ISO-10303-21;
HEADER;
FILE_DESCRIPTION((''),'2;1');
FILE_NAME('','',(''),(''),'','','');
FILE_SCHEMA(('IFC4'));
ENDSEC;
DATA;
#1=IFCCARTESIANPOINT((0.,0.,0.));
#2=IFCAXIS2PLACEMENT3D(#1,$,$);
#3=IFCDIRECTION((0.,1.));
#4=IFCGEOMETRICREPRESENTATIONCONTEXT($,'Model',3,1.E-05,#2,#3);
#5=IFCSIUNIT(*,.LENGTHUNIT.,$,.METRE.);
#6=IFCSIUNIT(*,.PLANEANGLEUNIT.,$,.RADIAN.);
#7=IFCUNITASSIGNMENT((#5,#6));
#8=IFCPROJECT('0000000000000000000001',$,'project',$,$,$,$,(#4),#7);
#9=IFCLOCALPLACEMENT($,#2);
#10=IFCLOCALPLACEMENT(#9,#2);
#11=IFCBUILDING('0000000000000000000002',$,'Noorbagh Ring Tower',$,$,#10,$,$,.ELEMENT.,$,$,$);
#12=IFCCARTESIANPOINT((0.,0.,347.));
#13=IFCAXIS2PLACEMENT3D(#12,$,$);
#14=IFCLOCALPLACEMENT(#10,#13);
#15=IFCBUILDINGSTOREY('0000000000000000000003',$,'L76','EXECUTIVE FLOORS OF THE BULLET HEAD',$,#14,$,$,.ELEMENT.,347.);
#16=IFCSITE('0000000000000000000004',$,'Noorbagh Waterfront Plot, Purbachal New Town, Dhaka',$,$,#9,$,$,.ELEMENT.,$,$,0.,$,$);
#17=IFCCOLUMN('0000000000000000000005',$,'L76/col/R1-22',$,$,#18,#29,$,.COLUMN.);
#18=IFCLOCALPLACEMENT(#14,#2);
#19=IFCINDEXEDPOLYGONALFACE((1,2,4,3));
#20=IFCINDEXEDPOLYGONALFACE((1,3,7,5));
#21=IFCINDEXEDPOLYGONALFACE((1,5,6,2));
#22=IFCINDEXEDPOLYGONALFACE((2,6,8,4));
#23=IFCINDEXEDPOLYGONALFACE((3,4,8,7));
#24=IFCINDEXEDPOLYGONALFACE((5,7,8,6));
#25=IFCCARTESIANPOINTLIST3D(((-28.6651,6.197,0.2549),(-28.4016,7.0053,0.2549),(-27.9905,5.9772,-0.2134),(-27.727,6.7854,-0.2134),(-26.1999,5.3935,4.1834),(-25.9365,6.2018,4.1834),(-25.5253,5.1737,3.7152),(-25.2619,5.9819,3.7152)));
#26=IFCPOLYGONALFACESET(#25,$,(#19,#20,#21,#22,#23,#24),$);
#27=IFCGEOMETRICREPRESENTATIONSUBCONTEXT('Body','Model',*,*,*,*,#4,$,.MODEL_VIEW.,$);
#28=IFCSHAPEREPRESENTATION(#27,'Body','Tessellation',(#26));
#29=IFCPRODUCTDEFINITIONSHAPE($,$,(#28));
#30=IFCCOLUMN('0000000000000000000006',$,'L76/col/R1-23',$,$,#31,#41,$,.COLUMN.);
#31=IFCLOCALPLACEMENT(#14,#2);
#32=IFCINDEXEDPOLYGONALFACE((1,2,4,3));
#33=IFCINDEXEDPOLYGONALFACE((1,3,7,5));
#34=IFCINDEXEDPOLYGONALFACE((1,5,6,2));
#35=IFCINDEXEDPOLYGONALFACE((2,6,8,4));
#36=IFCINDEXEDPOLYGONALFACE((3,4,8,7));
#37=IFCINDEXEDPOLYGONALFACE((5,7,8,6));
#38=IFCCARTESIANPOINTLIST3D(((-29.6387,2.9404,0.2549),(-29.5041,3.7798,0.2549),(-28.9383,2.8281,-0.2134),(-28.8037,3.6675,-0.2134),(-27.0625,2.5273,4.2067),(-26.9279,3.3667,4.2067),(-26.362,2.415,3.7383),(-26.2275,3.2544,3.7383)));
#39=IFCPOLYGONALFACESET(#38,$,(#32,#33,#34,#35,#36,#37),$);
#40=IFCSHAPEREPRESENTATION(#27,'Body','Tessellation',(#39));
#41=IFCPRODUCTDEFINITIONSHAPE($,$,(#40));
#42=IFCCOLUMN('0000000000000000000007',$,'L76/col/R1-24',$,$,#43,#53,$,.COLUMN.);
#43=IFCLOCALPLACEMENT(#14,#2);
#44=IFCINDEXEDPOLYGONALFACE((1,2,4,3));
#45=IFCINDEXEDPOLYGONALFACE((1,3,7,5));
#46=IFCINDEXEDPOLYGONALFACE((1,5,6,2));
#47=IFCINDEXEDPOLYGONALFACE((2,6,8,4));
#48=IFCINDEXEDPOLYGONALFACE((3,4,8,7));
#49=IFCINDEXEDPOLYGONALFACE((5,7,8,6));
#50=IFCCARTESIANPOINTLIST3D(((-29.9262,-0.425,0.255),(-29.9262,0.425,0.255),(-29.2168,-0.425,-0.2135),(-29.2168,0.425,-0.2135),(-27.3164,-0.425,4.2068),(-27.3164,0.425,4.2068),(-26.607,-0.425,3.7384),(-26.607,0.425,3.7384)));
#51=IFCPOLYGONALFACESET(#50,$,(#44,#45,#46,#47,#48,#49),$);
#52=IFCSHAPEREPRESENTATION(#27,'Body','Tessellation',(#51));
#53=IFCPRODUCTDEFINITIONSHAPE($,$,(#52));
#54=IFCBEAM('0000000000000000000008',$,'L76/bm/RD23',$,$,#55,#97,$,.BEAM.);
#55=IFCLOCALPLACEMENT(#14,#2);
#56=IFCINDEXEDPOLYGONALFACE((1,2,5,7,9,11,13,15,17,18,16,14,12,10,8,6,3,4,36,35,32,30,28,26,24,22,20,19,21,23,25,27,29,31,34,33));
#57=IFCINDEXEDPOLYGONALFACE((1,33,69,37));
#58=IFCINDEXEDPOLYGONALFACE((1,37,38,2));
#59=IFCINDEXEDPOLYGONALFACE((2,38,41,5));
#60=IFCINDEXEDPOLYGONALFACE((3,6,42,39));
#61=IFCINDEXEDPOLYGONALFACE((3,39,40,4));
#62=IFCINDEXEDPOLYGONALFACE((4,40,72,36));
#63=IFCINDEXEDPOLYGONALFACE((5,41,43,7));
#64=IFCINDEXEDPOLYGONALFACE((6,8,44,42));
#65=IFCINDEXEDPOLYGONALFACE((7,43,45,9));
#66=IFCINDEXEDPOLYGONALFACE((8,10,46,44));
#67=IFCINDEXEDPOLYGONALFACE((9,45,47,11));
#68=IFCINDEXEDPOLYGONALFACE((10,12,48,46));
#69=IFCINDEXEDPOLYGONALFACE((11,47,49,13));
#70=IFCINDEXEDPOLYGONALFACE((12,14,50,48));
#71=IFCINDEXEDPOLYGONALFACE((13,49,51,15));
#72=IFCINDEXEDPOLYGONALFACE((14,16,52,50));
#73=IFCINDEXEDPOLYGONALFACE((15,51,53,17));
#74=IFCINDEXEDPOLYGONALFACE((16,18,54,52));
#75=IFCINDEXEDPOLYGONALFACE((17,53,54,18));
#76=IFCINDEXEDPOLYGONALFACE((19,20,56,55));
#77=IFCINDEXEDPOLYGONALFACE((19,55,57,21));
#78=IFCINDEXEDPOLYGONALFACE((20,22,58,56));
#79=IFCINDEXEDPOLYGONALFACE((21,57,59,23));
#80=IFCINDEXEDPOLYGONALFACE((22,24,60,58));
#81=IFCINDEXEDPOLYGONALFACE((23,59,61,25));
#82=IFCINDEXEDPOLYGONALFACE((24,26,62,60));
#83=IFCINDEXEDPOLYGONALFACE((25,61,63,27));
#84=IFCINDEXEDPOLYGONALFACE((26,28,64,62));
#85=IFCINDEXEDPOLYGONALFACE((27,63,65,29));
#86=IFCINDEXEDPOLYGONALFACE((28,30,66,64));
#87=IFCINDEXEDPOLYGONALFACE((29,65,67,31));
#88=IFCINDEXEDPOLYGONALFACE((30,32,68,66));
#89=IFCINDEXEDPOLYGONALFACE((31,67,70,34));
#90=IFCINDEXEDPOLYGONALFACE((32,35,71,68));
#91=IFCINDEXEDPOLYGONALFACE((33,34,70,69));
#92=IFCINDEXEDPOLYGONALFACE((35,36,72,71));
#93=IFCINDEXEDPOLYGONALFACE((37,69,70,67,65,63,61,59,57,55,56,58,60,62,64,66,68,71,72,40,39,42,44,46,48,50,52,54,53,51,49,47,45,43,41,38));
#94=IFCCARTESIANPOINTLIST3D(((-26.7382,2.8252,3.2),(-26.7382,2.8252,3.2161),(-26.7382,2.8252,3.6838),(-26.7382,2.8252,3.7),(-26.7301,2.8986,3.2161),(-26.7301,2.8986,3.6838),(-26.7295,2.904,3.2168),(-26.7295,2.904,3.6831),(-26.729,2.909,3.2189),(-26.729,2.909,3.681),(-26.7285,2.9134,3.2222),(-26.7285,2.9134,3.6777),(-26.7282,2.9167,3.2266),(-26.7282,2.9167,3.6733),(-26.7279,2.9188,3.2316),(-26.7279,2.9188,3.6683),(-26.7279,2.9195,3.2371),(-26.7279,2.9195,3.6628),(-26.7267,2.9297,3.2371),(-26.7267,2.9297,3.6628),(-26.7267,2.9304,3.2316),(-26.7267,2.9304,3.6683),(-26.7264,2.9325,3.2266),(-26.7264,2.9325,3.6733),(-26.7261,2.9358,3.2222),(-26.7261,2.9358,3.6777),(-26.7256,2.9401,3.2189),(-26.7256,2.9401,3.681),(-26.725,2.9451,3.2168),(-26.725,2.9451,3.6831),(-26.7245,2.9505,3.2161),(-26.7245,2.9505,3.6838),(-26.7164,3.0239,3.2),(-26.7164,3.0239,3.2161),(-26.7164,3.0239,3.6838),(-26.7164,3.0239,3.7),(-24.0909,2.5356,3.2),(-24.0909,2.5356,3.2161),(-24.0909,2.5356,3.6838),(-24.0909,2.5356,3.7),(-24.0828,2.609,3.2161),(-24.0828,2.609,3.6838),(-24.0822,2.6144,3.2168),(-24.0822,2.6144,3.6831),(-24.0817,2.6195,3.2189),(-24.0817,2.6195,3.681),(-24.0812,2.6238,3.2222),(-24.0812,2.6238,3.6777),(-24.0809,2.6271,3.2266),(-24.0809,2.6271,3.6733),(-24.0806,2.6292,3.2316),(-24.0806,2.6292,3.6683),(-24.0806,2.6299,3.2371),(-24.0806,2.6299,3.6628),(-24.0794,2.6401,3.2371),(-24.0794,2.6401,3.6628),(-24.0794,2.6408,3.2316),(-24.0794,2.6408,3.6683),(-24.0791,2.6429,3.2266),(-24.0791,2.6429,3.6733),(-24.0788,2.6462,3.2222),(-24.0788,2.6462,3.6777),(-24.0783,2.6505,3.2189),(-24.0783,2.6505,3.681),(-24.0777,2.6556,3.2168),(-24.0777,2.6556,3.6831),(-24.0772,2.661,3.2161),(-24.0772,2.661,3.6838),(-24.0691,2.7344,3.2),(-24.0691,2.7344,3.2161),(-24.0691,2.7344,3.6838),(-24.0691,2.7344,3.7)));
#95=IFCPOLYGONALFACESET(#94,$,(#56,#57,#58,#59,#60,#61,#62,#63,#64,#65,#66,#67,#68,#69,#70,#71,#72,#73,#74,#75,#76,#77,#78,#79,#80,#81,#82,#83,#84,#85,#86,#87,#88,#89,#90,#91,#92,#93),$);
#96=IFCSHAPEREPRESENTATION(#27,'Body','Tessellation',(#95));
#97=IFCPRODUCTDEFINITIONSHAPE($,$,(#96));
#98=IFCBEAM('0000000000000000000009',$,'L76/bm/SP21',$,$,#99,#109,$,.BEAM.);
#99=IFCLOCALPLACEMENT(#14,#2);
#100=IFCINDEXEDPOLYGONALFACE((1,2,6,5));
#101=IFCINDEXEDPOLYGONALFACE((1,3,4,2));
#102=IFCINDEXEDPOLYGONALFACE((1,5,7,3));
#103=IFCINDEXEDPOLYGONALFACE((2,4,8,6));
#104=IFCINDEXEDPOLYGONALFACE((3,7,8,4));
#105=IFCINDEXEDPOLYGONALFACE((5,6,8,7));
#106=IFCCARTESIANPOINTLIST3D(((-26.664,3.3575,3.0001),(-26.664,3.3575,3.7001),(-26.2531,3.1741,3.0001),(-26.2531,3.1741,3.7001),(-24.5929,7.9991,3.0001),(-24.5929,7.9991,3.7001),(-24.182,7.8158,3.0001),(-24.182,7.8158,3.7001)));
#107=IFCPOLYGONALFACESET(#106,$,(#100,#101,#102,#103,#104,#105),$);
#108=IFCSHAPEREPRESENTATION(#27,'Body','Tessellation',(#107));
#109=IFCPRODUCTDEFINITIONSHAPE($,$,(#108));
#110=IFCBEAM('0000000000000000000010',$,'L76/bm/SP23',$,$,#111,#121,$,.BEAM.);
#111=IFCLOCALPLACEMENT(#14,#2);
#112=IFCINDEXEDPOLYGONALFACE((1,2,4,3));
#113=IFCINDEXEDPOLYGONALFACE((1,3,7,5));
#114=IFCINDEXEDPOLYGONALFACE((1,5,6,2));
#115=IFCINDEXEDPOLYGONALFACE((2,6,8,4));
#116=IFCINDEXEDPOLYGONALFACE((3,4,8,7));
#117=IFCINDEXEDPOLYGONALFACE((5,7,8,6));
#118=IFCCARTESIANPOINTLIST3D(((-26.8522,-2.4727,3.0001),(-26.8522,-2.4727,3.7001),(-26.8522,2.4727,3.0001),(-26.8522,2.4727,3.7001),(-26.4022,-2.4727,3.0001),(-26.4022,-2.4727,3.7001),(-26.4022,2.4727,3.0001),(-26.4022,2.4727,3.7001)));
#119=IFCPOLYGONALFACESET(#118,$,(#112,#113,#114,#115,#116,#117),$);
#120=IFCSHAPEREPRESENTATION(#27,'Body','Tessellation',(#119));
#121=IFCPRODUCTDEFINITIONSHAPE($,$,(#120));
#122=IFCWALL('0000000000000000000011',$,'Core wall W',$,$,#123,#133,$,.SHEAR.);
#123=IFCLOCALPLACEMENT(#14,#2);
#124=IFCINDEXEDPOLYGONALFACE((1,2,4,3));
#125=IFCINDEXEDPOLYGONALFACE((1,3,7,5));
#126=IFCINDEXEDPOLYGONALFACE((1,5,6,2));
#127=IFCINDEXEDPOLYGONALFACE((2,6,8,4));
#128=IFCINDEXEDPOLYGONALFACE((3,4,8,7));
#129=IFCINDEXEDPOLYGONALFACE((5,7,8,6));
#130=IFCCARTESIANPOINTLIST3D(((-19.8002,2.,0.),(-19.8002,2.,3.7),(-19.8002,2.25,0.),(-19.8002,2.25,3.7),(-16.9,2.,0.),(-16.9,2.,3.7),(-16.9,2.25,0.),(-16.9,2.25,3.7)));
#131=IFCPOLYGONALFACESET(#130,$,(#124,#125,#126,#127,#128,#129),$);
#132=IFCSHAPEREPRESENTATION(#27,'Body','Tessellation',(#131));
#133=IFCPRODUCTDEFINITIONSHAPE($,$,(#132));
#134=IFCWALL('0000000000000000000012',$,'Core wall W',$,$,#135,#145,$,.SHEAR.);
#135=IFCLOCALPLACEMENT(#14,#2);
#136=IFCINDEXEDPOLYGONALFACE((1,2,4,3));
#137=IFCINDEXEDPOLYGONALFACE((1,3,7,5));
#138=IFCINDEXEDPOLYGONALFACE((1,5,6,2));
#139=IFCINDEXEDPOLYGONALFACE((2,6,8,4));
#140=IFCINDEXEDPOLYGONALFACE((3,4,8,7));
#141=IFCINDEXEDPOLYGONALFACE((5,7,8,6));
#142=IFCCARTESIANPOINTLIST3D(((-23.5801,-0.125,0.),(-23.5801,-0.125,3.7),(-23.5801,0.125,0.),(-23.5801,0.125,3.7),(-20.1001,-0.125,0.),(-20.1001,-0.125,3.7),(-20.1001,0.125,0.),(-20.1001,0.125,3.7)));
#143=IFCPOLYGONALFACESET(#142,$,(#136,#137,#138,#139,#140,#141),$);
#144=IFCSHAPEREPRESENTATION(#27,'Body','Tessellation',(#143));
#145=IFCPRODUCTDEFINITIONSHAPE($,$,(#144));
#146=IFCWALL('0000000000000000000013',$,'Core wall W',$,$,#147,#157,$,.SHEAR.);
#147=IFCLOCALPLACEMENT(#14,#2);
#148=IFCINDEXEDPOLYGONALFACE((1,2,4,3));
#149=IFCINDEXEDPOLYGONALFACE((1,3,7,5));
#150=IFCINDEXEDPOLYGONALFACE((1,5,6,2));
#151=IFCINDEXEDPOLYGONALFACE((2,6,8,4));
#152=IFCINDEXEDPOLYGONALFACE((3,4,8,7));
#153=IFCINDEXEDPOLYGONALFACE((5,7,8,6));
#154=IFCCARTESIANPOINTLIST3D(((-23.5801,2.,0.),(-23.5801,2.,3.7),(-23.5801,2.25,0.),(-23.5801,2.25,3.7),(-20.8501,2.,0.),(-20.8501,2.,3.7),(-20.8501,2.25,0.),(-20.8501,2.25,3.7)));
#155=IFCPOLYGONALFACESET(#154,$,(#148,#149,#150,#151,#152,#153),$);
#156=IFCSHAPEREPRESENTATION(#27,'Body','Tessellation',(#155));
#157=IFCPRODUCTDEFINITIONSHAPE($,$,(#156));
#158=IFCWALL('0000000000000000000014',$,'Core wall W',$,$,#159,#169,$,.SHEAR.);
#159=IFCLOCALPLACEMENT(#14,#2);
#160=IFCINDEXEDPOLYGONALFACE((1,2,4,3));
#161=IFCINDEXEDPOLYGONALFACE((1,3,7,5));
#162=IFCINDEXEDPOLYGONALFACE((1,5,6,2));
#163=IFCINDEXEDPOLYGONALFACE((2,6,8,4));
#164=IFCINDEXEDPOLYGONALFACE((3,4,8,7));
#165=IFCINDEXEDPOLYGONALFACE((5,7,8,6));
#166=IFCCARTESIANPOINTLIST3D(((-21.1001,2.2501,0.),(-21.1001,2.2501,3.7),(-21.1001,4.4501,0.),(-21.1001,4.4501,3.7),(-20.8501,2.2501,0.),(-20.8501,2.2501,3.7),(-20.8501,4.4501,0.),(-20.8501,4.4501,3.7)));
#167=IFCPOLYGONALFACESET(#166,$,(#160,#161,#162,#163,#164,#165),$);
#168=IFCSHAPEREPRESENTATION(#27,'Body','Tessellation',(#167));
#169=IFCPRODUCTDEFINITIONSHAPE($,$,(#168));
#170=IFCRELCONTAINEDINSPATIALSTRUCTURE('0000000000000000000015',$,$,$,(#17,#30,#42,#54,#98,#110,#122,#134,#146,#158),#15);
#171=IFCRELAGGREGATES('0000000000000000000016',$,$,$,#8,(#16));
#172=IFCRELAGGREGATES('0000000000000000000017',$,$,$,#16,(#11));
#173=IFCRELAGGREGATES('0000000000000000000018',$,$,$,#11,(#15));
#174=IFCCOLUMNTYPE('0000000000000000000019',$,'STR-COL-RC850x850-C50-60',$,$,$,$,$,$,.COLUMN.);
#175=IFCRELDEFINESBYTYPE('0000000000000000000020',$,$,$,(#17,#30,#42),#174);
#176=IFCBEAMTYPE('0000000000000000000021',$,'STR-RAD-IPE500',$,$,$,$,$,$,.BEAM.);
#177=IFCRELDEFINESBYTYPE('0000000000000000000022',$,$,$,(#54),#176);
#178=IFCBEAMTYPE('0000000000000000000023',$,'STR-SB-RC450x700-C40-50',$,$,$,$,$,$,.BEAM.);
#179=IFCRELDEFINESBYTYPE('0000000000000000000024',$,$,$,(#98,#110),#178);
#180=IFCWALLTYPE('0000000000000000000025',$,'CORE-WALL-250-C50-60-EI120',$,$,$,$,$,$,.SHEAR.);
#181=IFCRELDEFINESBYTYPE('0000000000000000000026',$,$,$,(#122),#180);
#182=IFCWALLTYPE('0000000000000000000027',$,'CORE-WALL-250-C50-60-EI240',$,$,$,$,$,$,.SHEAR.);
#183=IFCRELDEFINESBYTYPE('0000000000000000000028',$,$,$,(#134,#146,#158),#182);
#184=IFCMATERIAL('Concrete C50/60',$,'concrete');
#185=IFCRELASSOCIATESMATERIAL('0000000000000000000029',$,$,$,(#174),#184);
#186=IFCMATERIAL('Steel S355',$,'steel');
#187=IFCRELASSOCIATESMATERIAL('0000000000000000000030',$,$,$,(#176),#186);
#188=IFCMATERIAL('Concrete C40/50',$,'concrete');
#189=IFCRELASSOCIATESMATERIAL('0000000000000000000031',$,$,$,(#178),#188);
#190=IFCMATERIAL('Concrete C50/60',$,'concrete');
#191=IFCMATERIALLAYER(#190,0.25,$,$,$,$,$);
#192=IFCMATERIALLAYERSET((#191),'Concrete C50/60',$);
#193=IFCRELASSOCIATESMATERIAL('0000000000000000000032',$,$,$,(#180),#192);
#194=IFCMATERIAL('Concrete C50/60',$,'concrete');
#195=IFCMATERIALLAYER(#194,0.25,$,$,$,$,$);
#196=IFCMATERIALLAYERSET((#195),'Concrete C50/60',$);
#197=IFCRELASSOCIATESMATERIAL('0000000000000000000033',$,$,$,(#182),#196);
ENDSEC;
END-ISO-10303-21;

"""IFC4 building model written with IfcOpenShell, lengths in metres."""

from ifc_helpers import new_model, si_unit, direction, frame, frame_2d, origin, origin_2d, place, context, subcontext, project, spatial, rectangle, i_section, extrude, material, layer, layer_set, material_profile, profile_set, type_object, element, save


model = new_model("IFC4")

# Units and contexts
model_context = context("Model", 3, precision=1e-05, world=origin(), true_north=direction((0.0, 1.0)))
body_context = subcontext(model_context, "Body", "Model", "MODEL_VIEW")
ifc_project = project(units=[si_unit("LENGTHUNIT", "METRE"), si_unit("PLANEANGLEUNIT", "RADIAN")], contexts=[model_context])

# Site, building, storey
site_placement = place(None, origin())
site = spatial("IfcSite", under=ifc_project, at=site_placement, Name="Noorbagh Waterfront Plot, Purbachal New Town, Dhaka", CompositionType="ELEMENT", RefElevation=0.0)
building_placement = place(site_placement, origin())
building = spatial("IfcBuilding", under=site, at=building_placement, Name="Noorbagh Ring Tower", CompositionType="ELEMENT")
storey_placement = place(building_placement, frame((0.0, 0.0, 347.0)))
storey = spatial("IfcBuildingStorey", under=building, at=storey_placement, Name="L76", Description="EXECUTIVE FLOORS OF THE BULLET HEAD", CompositionType="ELEMENT", Elevation=347.0)

# Columns
ifc_material_1 = material(Name="Concrete C50/60", Category="concrete")
ifc_material_profile_1 = material_profile(ifc_material_1, rectangle(XDim=0.8501, YDim=0.8501, at=origin_2d()), Name="RC850x850")
ifc_profile_set_1 = profile_set([ifc_material_profile_1], Name="Concrete C50/60")
column_type = type_object("IfcColumnType", Name="STR-COL-RC850x850-C50-60", PredefinedType="COLUMN", material=ifc_profile_set_1)
column_1_placement = place(storey_placement, frame((-28.196, 6.4912, 0.0208), z_axis=(0.523716, -0.170699, 0.834616), x_axis=(0.309893, 0.950771, 0.0)))
element("IfcColumn", 1, at=column_1_placement, inside=storey, type_object=column_type, Name="L76/col/R1-22", PredefinedType="COLUMN", context=body_context, shape_type="SweptSolid", body=[
    extrude(rectangle(XDim=0.8501, YDim=0.8501, at=origin_2d()), origin(), (0.0, 0.0, 1.0), 4.707),
])
column_2_placement = place(storey_placement, frame((-29.2212, 3.304, 0.0208), z_axis=(0.544037, -0.087236, 0.834514), x_axis=(0.158326, 0.987387, 0.0)))
element("IfcColumn", 2, at=column_2_placement, inside=storey, type_object=column_type, Name="L76/col/R1-23", PredefinedType="COLUMN", context=body_context, shape_type="SweptSolid", body=[
    extrude(rectangle(XDim=0.8501, YDim=0.8501, at=origin_2d()), origin(), (0.0, 0.0, 1.0), 4.7354),
])
column_3_placement = place(storey_placement, frame((-29.5715, 0.0, 0.0208), z_axis=(0.551078, 0.0, 0.834453), x_axis=(0.0, 1.0, 0.0)))
element("IfcColumn", 3, at=column_3_placement, inside=storey, type_object=column_type, Name="L76/col/R1-24", PredefinedType="COLUMN", context=body_context, shape_type="SweptSolid", body=[
    extrude(rectangle(XDim=0.8501, YDim=0.8501, at=origin_2d()), origin(), (0.0, 0.0, 1.0), 4.7358),
])

# Beams
ifc_material_2 = material(Name="Steel S355", Category="steel")
ifc_material_profile_2 = material_profile(ifc_material_2, i_section(OverallWidth=0.2, OverallDepth=0.5, WebThickness=0.0103, FlangeThickness=0.0161, FilletRadius=0.021, at=origin_2d()), Name="IPE500")
ifc_profile_set_2 = profile_set([ifc_material_profile_2], Name="Steel S355")
beam_type_1 = type_object("IfcBeamType", Name="STR-RAD-IPE500", PredefinedType="BEAM", material=ifc_profile_set_2)
beam_1_placement = place(storey_placement, frame((-26.7273, 2.9246, 3.45), z_axis=(0.994071, -0.108731, 0.0), x_axis=(0.108731, 0.994071, 0.0)))
element("IfcBeam", 4, at=beam_1_placement, inside=storey, type_object=beam_type_1, Name="L76/bm/RD23", PredefinedType="BEAM", context=body_context, shape_type="SweptSolid", body=[
    extrude(i_section(OverallWidth=0.2, OverallDepth=0.5, WebThickness=0.0103, FlangeThickness=0.0161, FilletRadius=0.021, at=origin_2d()), origin(), (0.0, 0.0, 1.0), 2.6631),
])
ifc_material_3 = material(Name="Concrete C40/50", Category="concrete")
ifc_material_profile_3 = material_profile(ifc_material_3, rectangle(XDim=0.45, YDim=0.7, at=origin_2d()), Name="RC450x700")
ifc_profile_set_3 = profile_set([ifc_material_profile_3], Name="Concrete C40/50")
beam_type_2 = type_object("IfcBeamType", Name="STR-SB-RC450x700-C40-50", PredefinedType="BEAM", material=ifc_profile_set_3)
beam_2_placement = place(storey_placement, frame((-24.3875, 7.9075, 3.3501), z_axis=(-0.407471, -0.913218, 0.0), x_axis=(0.913218, -0.407471, 0.0)))
element("IfcBeam", 5, at=beam_2_placement, inside=storey, type_object=beam_type_2, Name="L76/bm/SP21", PredefinedType="BEAM", context=body_context, shape_type="SweptSolid", body=[
    extrude(rectangle(XDim=0.45, YDim=0.7, at=origin_2d()), origin(), (0.0, 0.0, 1.0), 5.0828),
])
beam_3_placement = place(storey_placement, frame((-26.6272, 2.4727, 3.3501), z_axis=(0.0, -1.0, 0.0), x_axis=(1.0, 0.0, 0.0)))
element("IfcBeam", 6, at=beam_3_placement, inside=storey, type_object=beam_type_2, Name="L76/bm/SP23", PredefinedType="BEAM", context=body_context, shape_type="SweptSolid", body=[
    extrude(rectangle(XDim=0.45, YDim=0.7, at=origin_2d()), origin(), (0.0, 0.0, 1.0), 4.9453),
])

# Walls
ifc_material_4 = material(Name="Concrete C50/60", Category="concrete")
ifc_layer_1 = layer(ifc_material_4, 0.25)
ifc_layer_set_1 = layer_set([ifc_layer_1], Name="Concrete C50/60")
wall_type_1 = type_object("IfcWallType", Name="CORE-WALL-250-C50-60-EI120", PredefinedType="SHEAR", material=ifc_layer_set_1)
wall_1_placement = place(storey_placement, frame((-16.8999, 2.125, 0.0), z_axis=(0.0, 0.0, 1.0), x_axis=(-1.0, 0.0, 0.0)))
element("IfcWall", 7, at=wall_1_placement, inside=storey, type_object=wall_type_1, Name="Core wall W", PredefinedType="SHEAR", context=body_context, shape_type="SweptSolid", body=[
    extrude(rectangle(XDim=2.9001, YDim=0.25, at=frame_2d((1.4502, 0.0))), origin(), (0.0, 0.0, 1.0), 3.7),
])
ifc_material_5 = material(Name="Concrete C50/60", Category="concrete")
ifc_layer_2 = layer(ifc_material_5, 0.25)
ifc_layer_set_2 = layer_set([ifc_layer_2], Name="Concrete C50/60")
wall_type_2 = type_object("IfcWallType", Name="CORE-WALL-250-C50-60-EI240", PredefinedType="SHEAR", material=ifc_layer_set_2)
wall_2_placement = place(storey_placement, frame((-20.1001, 0.0, 0.0), z_axis=(0.0, 0.0, 1.0), x_axis=(-1.0, 0.0, 0.0)))
element("IfcWall", 8, at=wall_2_placement, inside=storey, type_object=wall_type_2, Name="Core wall W", PredefinedType="SHEAR", context=body_context, shape_type="SweptSolid", body=[
    extrude(rectangle(XDim=3.48, YDim=0.25, at=frame_2d((1.74, 0.0))), origin(), (0.0, 0.0, 1.0), 3.7),
])
wall_3_placement = place(storey_placement, frame((-20.8501, 2.125, 0.0), z_axis=(0.0, 0.0, 1.0), x_axis=(-1.0, 0.0, 0.0)))
element("IfcWall", 9, at=wall_3_placement, inside=storey, type_object=wall_type_2, Name="Core wall W", PredefinedType="SHEAR", context=body_context, shape_type="SweptSolid", body=[
    extrude(rectangle(XDim=2.73, YDim=0.25, at=frame_2d((1.365, 0.0))), origin(), (0.0, 0.0, 1.0), 3.7),
])
wall_4_placement = place(storey_placement, frame((-20.9751, 2.25, 0.0), z_axis=(0.0, 0.0, 1.0), x_axis=(0.0, 1.0, 0.0)))
element("IfcWall", 10, at=wall_4_placement, inside=storey, type_object=wall_type_2, Name="Core wall W", PredefinedType="SHEAR", context=body_context, shape_type="SweptSolid", body=[
    extrude(rectangle(XDim=2.2, YDim=0.25, at=frame_2d((1.1001, 0.0))), origin(), (0.0, 0.0, 1.0), 3.7),
])

save(model, "model.ifc")
